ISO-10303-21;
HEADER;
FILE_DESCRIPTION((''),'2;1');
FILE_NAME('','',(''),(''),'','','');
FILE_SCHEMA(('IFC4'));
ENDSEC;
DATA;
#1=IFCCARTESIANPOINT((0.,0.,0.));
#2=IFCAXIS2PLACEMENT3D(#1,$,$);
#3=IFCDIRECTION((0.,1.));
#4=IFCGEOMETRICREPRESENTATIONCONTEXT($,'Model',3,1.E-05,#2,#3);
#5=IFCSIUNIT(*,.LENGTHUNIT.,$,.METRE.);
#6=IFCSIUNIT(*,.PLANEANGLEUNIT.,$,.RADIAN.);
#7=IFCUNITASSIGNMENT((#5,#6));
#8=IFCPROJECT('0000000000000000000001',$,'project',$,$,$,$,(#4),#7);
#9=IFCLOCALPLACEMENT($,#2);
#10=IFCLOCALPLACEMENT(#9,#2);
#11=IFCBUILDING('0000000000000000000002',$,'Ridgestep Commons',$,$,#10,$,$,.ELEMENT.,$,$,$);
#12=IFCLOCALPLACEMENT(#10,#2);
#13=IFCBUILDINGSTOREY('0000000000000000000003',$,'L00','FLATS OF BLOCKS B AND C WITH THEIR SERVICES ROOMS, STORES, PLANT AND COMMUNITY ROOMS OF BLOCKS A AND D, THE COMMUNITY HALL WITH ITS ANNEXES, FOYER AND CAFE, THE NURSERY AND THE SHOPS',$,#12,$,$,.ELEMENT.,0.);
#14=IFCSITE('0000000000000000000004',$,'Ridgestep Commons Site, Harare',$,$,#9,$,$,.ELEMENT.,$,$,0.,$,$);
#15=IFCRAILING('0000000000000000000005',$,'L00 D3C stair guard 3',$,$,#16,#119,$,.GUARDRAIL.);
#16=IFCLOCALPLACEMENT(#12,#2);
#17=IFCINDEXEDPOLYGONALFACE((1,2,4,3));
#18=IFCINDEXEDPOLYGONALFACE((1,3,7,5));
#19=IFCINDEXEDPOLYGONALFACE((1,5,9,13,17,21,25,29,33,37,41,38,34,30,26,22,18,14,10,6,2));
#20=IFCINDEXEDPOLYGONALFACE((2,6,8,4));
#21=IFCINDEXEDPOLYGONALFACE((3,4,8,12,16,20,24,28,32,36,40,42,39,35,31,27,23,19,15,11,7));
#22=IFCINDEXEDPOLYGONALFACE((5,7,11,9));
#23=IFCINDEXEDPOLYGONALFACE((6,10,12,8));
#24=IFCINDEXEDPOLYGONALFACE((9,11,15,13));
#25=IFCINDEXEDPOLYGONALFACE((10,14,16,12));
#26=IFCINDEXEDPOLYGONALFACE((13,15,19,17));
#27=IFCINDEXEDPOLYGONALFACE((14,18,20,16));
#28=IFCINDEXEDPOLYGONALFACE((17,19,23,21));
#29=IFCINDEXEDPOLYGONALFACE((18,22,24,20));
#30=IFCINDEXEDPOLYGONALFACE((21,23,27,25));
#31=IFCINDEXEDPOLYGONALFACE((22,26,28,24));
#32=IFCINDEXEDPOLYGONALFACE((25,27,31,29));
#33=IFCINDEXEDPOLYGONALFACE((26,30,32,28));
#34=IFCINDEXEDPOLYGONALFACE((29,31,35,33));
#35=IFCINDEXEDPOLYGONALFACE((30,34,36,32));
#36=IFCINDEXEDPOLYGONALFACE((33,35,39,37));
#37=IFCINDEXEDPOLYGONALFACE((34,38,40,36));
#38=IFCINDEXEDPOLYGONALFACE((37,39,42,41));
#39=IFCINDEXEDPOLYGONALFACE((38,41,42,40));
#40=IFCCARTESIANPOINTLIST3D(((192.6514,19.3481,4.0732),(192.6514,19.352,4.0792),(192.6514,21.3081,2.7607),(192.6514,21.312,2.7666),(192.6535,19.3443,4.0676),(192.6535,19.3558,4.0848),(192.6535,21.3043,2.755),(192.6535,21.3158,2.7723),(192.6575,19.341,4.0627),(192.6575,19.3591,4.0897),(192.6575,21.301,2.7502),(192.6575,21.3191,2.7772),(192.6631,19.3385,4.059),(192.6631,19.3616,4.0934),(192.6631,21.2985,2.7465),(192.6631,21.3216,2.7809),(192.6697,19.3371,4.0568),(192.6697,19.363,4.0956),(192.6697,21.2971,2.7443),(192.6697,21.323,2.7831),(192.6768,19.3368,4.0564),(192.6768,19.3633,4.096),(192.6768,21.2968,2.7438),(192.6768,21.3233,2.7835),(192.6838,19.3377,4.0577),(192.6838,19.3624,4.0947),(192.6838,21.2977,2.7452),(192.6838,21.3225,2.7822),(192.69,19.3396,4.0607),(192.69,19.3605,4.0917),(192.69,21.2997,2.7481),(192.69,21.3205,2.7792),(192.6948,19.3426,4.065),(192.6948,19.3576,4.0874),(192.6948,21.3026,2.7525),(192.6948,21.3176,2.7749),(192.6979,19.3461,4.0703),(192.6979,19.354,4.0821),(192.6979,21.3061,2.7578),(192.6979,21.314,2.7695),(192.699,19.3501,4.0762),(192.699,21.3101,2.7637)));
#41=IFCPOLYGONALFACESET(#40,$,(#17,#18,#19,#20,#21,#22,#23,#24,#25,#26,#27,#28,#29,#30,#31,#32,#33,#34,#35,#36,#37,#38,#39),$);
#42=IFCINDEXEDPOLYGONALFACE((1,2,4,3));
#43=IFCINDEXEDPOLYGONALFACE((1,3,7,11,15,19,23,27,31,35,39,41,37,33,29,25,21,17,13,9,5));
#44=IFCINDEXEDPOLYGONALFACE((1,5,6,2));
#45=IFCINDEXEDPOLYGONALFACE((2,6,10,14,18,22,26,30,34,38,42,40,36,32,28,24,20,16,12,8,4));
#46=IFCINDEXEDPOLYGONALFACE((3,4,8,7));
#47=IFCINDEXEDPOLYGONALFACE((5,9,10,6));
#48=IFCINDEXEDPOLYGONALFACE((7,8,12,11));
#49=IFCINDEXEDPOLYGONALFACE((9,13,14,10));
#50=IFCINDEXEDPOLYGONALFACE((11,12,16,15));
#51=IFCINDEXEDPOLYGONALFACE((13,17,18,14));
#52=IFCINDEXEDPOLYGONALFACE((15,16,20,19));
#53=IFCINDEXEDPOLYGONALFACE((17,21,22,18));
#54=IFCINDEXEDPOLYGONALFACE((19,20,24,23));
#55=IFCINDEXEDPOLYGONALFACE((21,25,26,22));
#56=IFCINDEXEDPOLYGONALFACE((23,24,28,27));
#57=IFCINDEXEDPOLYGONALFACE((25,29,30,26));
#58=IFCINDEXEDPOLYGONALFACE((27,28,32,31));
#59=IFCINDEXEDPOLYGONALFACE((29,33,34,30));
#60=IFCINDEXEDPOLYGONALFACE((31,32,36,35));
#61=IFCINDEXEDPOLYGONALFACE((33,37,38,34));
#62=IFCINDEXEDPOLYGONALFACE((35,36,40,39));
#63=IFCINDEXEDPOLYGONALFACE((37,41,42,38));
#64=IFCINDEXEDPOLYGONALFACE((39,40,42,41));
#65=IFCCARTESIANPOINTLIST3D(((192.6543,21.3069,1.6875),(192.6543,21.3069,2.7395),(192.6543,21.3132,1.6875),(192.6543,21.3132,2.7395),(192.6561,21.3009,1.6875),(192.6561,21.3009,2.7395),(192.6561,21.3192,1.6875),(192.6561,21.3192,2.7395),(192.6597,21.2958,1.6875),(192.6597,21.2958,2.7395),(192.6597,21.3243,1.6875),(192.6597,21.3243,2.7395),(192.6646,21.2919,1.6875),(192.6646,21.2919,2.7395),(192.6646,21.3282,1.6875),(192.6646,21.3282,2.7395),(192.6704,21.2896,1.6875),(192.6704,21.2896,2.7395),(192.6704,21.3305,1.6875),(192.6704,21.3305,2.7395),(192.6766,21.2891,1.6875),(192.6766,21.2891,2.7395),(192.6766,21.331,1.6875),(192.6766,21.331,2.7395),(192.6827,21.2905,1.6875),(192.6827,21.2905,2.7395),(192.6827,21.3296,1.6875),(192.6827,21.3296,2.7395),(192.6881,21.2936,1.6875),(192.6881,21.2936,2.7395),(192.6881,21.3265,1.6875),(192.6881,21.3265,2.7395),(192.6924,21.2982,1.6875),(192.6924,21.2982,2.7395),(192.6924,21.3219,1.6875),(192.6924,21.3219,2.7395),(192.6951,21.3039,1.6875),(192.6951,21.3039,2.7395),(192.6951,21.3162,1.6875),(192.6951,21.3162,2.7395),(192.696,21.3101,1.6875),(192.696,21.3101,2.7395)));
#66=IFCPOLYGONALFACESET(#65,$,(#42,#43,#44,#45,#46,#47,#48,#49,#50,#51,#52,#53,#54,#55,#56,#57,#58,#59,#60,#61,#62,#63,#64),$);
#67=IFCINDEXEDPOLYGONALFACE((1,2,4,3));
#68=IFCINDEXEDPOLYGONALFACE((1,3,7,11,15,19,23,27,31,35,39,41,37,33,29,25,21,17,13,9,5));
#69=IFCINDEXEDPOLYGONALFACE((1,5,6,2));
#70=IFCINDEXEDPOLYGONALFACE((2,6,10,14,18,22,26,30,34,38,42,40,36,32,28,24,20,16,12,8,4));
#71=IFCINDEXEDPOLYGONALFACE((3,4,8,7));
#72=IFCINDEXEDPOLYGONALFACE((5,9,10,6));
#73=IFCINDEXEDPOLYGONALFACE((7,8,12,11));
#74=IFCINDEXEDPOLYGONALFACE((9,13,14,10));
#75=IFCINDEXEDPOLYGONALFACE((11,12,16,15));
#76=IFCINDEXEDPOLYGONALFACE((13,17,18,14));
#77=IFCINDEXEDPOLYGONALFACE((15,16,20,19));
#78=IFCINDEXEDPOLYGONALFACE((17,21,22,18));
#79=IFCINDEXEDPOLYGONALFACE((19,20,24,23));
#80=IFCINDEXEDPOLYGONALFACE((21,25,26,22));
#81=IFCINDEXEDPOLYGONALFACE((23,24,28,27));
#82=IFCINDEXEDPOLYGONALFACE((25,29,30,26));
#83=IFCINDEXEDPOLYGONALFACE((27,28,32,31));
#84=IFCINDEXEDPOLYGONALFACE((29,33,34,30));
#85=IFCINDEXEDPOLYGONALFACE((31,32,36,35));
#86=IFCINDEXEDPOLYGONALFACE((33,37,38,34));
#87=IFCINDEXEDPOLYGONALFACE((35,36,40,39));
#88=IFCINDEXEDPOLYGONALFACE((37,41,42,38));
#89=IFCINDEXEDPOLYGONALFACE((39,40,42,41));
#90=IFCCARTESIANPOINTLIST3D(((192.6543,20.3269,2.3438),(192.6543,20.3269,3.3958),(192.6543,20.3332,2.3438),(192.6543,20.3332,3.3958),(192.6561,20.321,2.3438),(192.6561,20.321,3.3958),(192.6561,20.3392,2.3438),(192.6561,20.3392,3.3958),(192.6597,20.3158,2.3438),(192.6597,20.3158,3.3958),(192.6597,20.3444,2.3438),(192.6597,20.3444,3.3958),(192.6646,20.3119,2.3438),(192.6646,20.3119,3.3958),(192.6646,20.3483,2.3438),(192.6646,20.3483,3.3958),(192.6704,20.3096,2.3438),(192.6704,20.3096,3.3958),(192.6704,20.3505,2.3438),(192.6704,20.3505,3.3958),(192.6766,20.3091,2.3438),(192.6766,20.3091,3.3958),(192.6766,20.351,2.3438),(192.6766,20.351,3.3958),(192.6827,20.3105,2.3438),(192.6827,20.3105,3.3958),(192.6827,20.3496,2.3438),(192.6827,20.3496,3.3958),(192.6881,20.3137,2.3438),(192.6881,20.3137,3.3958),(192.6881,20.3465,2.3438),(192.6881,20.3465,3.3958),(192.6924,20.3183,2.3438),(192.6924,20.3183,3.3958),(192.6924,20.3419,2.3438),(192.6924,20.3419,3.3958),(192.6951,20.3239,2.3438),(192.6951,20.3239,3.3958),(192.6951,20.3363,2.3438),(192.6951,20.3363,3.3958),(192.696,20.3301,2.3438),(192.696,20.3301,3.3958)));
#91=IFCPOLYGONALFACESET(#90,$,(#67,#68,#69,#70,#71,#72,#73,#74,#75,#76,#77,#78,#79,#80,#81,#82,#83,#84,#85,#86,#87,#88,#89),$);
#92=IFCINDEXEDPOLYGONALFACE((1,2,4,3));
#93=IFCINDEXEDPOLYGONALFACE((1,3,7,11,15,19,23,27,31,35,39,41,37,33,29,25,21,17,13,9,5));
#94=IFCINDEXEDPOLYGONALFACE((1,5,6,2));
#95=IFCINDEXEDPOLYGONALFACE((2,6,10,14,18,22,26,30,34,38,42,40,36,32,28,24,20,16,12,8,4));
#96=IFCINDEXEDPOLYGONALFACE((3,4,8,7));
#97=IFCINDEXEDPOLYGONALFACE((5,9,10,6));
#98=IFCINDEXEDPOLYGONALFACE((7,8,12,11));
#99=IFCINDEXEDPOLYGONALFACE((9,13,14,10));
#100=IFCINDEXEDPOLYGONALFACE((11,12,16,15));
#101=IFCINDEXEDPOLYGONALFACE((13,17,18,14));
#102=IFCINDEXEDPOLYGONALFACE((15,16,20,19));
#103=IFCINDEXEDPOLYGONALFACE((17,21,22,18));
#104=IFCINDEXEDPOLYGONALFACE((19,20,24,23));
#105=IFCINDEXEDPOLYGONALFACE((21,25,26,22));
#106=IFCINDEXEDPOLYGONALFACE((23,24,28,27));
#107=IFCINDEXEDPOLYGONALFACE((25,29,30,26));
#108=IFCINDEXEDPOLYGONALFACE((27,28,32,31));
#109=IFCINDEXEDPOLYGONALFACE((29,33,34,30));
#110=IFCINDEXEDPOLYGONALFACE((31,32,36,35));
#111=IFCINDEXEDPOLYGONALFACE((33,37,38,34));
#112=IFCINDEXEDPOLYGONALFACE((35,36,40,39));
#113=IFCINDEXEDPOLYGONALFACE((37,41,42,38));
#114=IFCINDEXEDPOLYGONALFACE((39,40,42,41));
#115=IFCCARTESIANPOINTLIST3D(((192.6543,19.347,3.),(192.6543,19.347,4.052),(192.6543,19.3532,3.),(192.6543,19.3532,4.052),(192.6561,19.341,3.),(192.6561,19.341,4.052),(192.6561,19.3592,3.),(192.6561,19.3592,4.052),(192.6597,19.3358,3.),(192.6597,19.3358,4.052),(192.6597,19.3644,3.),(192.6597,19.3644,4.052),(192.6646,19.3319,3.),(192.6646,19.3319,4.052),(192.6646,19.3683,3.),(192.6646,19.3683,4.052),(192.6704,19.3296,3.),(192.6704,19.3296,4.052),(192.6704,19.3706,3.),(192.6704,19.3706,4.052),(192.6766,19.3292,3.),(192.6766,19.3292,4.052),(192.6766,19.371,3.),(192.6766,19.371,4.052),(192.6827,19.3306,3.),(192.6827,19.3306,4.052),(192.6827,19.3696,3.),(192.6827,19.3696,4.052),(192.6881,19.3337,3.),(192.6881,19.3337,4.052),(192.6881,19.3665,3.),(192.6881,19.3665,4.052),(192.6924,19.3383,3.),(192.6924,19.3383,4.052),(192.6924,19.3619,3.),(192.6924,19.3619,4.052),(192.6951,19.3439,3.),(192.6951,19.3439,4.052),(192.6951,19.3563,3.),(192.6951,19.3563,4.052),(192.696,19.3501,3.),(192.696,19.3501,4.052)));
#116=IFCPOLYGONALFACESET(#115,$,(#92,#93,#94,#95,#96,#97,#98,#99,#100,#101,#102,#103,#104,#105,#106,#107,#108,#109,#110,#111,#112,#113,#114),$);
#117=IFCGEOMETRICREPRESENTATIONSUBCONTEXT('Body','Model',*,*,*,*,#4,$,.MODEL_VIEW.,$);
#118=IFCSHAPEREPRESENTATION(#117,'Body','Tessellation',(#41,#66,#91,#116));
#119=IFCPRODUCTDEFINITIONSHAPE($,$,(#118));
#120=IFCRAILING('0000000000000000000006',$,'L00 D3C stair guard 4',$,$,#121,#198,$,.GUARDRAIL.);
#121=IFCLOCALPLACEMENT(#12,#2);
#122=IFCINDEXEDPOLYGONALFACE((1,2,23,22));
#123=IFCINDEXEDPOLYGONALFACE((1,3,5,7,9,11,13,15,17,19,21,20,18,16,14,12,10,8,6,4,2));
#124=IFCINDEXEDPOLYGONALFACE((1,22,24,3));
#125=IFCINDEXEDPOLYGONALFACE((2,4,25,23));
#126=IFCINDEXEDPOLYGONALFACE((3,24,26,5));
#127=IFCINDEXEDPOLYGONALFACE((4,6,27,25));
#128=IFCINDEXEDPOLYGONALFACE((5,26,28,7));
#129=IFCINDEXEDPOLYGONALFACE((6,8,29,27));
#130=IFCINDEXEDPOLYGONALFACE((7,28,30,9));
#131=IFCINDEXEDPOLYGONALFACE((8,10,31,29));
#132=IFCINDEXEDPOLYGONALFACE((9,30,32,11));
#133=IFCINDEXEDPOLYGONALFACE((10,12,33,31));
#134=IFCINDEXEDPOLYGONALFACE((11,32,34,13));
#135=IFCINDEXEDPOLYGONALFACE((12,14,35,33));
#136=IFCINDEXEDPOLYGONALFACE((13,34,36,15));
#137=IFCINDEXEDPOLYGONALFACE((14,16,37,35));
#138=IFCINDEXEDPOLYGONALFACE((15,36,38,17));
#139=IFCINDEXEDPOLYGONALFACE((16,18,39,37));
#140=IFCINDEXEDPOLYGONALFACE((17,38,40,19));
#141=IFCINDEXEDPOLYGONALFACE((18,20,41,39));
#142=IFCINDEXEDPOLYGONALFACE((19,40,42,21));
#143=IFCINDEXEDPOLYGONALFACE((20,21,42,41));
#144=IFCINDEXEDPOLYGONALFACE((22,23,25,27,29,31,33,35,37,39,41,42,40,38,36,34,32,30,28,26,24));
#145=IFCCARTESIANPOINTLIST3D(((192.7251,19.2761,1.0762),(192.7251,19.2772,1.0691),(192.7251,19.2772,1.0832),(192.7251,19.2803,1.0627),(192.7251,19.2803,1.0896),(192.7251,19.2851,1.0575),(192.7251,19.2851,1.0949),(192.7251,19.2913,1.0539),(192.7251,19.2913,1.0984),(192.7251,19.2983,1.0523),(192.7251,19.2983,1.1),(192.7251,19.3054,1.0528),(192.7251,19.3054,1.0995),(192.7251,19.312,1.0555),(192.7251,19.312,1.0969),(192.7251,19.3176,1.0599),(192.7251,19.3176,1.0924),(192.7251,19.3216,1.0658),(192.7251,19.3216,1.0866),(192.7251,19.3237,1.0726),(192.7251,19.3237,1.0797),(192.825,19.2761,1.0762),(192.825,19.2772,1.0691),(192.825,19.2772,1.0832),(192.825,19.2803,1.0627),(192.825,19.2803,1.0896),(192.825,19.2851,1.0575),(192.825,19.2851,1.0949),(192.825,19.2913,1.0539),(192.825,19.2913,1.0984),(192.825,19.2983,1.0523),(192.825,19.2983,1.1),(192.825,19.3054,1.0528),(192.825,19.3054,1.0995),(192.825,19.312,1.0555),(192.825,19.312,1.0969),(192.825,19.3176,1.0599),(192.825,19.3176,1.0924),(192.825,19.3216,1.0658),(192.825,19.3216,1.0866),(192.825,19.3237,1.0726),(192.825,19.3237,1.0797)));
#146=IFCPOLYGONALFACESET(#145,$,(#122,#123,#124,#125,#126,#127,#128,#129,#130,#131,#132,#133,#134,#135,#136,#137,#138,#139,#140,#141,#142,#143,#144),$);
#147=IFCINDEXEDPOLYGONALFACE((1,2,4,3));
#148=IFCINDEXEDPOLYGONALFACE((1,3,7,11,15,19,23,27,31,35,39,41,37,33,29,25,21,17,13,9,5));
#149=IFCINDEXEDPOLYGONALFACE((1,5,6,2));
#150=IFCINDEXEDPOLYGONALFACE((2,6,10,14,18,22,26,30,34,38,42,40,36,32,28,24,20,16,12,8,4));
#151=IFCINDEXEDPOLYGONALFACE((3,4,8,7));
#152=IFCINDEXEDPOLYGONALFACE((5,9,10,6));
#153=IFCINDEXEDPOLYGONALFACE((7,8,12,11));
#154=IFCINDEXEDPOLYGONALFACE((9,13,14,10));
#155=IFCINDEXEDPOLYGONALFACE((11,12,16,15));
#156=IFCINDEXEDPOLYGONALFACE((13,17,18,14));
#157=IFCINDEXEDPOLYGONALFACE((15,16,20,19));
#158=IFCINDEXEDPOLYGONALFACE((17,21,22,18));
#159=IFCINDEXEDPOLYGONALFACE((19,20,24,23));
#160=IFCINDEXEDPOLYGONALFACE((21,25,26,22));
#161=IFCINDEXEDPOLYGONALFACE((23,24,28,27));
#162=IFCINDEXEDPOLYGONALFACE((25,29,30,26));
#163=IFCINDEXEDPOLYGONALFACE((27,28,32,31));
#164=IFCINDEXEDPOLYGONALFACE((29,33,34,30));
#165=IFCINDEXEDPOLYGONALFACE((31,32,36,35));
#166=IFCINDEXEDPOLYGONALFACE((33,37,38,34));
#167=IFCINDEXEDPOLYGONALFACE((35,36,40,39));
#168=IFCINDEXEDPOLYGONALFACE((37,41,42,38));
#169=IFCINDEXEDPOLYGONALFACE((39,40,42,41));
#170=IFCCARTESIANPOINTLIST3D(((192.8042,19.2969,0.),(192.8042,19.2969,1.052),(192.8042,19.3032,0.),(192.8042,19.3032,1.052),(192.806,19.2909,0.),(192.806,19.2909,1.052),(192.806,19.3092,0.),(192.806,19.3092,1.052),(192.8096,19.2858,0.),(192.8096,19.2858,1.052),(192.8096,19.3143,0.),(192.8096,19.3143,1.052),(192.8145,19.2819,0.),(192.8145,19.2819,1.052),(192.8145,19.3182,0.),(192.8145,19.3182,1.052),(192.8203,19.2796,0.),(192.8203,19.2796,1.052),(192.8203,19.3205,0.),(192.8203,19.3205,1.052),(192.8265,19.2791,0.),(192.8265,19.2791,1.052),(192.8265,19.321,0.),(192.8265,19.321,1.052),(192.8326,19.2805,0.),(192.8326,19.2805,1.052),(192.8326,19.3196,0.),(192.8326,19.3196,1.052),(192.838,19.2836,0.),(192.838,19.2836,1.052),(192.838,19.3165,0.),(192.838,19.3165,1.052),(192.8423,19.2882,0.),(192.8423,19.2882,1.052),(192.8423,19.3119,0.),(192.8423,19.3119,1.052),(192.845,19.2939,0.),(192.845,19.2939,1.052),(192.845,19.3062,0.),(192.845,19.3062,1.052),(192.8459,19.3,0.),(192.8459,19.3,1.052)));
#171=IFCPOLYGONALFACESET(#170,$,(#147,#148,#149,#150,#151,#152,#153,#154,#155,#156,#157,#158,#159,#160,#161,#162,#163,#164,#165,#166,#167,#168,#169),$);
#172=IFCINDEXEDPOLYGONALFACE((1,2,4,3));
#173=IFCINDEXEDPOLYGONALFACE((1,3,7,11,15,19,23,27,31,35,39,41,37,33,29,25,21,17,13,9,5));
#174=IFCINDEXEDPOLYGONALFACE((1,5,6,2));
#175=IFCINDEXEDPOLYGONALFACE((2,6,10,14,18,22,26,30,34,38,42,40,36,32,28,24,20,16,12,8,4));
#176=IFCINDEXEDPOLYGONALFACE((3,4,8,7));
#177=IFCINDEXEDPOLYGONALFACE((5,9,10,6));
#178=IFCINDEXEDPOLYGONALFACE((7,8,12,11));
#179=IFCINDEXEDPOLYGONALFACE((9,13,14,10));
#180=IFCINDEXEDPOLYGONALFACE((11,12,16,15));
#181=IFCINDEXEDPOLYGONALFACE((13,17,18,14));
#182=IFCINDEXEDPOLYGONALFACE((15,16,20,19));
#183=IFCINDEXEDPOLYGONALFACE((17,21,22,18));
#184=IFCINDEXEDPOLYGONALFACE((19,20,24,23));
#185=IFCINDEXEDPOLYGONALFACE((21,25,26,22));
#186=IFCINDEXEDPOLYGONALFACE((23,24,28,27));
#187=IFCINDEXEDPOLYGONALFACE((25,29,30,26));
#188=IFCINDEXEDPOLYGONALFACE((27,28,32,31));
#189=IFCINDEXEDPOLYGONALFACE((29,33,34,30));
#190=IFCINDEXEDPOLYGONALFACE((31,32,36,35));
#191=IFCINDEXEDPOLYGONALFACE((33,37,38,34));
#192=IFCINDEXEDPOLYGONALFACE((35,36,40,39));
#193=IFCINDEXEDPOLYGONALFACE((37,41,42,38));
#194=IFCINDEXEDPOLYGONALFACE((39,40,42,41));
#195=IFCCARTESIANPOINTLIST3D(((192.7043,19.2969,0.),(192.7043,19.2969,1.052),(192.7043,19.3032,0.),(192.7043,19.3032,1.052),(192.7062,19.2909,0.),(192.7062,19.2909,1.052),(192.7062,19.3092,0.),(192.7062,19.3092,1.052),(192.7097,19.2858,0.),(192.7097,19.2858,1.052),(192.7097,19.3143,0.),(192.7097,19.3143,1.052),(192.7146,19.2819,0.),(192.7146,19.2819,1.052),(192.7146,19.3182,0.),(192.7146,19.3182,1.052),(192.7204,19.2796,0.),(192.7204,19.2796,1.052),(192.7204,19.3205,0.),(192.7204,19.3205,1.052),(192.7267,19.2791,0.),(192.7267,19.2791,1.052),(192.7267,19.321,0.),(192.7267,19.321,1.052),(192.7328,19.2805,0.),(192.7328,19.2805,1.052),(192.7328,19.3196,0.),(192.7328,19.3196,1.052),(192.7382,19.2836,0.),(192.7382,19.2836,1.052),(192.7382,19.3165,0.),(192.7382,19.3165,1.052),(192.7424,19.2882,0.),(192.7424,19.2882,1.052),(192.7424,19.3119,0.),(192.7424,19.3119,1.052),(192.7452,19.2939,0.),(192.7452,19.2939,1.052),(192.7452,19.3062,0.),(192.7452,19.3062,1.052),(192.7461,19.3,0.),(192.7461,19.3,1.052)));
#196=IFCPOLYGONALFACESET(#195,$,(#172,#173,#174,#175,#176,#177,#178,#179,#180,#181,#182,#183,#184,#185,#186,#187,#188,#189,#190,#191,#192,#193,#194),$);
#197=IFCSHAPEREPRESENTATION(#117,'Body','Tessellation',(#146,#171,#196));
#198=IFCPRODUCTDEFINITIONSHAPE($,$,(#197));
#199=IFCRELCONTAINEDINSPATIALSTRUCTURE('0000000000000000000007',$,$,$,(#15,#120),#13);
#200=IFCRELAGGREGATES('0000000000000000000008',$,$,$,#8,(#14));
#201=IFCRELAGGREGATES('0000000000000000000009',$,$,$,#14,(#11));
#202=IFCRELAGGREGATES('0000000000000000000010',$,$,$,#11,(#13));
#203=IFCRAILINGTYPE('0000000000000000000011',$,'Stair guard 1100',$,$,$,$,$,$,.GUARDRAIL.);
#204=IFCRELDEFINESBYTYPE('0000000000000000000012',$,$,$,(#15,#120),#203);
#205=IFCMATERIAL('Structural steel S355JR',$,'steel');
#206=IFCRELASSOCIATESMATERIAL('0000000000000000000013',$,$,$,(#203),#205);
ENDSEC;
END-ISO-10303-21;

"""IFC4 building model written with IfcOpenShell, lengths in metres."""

from ifc_helpers import new_model, si_unit, direction, frame, origin, origin_2d, place, context, subcontext, project, spatial, circle, extrude, material, type_object, element, save


model = new_model("IFC4")

# Units and contexts
model_context = context("Model", 3, precision=1e-05, world=origin(), true_north=direction((0.0, 1.0)))
body_context = subcontext(model_context, "Body", "Model", "MODEL_VIEW")
ifc_project = project(units=[si_unit("LENGTHUNIT", "METRE"), si_unit("PLANEANGLEUNIT", "RADIAN")], contexts=[model_context])

# Site, building, storey
site_placement = place(None, origin())
site = spatial("IfcSite", under=ifc_project, at=site_placement, Name="Ridgestep Commons Site, Harare", CompositionType="ELEMENT", RefElevation=0.0)
building_placement = place(site_placement, origin())
building = spatial("IfcBuilding", under=site, at=building_placement, Name="Ridgestep Commons", CompositionType="ELEMENT")
storey_placement = place(building_placement, origin())
storey = spatial("IfcBuildingStorey", under=building, at=storey_placement, Name="L00", Description="FLATS OF BLOCKS B AND C WITH THEIR SERVICES ROOMS, STORES, PLANT AND COMMUNITY ROOMS OF BLOCKS A AND D, THE COMMUNITY HALL WITH ITS ANNEXES, FOYER AND CAFE, THE NURSERY AND THE SHOPS", CompositionType="ELEMENT", Elevation=0.0)

# Railings
ifc_material_1 = material(Name="Structural steel S355JR", Category="steel")
railing_type_1 = type_object("IfcRailingType", Name="Stair guard 1100", PredefinedType="GUARDRAIL", material=ifc_material_1)
railing_1_placement = place(storey_placement, frame((192.675, 21.3101, 1.6875)))
element("IfcRailing", 1, at=railing_1_placement, inside=storey, type_object=railing_type_1, Name="L00 D3C stair guard 3", PredefinedType="GUARDRAIL", context=body_context, shape_type="SweptSolid", body=[
    extrude(circle(Radius=0.0239, at=origin_2d()), frame((0.0, 0.0, 1.0762), z_axis=(0.0, -0.830902, 0.556419), x_axis=(1.0, 0.0, 0.0)), (0.0, 0.0, 1.0), 2.3589),
    extrude(circle(Radius=0.021, at=origin_2d()), origin(), (0.0, 0.0, 1.0), 1.052),
    extrude(circle(Radius=0.021, at=origin_2d()), frame((0.0, -0.98, 0.6562)), (0.0, 0.0, 1.0), 1.052),
    extrude(circle(Radius=0.021, at=origin_2d()), frame((0.0, -1.96, 1.3125)), (0.0, 0.0, 1.0), 1.052),
])
railing_2_placement = place(storey_placement, frame((192.825, 19.3, 0.0)))
element("IfcRailing", 2, at=railing_2_placement, inside=storey, type_object=railing_type_1, Name="L00 D3C stair guard 4", PredefinedType="GUARDRAIL", context=body_context, shape_type="SweptSolid", body=[
    extrude(circle(Radius=0.0239, at=origin_2d()), frame((0.0, 0.0, 1.0762), z_axis=(-1.0, 0.0, 0.0), x_axis=(0.0, -1.0, 0.0)), (0.0, 0.0, 1.0), 0.0999),
    extrude(circle(Radius=0.021, at=origin_2d()), origin(), (0.0, 0.0, 1.0), 1.052),
    extrude(circle(Radius=0.021, at=origin_2d()), frame((-0.0999, 0.0, 0.0)), (0.0, 0.0, 1.0), 1.052),
])

save(model, "model.ifc")
